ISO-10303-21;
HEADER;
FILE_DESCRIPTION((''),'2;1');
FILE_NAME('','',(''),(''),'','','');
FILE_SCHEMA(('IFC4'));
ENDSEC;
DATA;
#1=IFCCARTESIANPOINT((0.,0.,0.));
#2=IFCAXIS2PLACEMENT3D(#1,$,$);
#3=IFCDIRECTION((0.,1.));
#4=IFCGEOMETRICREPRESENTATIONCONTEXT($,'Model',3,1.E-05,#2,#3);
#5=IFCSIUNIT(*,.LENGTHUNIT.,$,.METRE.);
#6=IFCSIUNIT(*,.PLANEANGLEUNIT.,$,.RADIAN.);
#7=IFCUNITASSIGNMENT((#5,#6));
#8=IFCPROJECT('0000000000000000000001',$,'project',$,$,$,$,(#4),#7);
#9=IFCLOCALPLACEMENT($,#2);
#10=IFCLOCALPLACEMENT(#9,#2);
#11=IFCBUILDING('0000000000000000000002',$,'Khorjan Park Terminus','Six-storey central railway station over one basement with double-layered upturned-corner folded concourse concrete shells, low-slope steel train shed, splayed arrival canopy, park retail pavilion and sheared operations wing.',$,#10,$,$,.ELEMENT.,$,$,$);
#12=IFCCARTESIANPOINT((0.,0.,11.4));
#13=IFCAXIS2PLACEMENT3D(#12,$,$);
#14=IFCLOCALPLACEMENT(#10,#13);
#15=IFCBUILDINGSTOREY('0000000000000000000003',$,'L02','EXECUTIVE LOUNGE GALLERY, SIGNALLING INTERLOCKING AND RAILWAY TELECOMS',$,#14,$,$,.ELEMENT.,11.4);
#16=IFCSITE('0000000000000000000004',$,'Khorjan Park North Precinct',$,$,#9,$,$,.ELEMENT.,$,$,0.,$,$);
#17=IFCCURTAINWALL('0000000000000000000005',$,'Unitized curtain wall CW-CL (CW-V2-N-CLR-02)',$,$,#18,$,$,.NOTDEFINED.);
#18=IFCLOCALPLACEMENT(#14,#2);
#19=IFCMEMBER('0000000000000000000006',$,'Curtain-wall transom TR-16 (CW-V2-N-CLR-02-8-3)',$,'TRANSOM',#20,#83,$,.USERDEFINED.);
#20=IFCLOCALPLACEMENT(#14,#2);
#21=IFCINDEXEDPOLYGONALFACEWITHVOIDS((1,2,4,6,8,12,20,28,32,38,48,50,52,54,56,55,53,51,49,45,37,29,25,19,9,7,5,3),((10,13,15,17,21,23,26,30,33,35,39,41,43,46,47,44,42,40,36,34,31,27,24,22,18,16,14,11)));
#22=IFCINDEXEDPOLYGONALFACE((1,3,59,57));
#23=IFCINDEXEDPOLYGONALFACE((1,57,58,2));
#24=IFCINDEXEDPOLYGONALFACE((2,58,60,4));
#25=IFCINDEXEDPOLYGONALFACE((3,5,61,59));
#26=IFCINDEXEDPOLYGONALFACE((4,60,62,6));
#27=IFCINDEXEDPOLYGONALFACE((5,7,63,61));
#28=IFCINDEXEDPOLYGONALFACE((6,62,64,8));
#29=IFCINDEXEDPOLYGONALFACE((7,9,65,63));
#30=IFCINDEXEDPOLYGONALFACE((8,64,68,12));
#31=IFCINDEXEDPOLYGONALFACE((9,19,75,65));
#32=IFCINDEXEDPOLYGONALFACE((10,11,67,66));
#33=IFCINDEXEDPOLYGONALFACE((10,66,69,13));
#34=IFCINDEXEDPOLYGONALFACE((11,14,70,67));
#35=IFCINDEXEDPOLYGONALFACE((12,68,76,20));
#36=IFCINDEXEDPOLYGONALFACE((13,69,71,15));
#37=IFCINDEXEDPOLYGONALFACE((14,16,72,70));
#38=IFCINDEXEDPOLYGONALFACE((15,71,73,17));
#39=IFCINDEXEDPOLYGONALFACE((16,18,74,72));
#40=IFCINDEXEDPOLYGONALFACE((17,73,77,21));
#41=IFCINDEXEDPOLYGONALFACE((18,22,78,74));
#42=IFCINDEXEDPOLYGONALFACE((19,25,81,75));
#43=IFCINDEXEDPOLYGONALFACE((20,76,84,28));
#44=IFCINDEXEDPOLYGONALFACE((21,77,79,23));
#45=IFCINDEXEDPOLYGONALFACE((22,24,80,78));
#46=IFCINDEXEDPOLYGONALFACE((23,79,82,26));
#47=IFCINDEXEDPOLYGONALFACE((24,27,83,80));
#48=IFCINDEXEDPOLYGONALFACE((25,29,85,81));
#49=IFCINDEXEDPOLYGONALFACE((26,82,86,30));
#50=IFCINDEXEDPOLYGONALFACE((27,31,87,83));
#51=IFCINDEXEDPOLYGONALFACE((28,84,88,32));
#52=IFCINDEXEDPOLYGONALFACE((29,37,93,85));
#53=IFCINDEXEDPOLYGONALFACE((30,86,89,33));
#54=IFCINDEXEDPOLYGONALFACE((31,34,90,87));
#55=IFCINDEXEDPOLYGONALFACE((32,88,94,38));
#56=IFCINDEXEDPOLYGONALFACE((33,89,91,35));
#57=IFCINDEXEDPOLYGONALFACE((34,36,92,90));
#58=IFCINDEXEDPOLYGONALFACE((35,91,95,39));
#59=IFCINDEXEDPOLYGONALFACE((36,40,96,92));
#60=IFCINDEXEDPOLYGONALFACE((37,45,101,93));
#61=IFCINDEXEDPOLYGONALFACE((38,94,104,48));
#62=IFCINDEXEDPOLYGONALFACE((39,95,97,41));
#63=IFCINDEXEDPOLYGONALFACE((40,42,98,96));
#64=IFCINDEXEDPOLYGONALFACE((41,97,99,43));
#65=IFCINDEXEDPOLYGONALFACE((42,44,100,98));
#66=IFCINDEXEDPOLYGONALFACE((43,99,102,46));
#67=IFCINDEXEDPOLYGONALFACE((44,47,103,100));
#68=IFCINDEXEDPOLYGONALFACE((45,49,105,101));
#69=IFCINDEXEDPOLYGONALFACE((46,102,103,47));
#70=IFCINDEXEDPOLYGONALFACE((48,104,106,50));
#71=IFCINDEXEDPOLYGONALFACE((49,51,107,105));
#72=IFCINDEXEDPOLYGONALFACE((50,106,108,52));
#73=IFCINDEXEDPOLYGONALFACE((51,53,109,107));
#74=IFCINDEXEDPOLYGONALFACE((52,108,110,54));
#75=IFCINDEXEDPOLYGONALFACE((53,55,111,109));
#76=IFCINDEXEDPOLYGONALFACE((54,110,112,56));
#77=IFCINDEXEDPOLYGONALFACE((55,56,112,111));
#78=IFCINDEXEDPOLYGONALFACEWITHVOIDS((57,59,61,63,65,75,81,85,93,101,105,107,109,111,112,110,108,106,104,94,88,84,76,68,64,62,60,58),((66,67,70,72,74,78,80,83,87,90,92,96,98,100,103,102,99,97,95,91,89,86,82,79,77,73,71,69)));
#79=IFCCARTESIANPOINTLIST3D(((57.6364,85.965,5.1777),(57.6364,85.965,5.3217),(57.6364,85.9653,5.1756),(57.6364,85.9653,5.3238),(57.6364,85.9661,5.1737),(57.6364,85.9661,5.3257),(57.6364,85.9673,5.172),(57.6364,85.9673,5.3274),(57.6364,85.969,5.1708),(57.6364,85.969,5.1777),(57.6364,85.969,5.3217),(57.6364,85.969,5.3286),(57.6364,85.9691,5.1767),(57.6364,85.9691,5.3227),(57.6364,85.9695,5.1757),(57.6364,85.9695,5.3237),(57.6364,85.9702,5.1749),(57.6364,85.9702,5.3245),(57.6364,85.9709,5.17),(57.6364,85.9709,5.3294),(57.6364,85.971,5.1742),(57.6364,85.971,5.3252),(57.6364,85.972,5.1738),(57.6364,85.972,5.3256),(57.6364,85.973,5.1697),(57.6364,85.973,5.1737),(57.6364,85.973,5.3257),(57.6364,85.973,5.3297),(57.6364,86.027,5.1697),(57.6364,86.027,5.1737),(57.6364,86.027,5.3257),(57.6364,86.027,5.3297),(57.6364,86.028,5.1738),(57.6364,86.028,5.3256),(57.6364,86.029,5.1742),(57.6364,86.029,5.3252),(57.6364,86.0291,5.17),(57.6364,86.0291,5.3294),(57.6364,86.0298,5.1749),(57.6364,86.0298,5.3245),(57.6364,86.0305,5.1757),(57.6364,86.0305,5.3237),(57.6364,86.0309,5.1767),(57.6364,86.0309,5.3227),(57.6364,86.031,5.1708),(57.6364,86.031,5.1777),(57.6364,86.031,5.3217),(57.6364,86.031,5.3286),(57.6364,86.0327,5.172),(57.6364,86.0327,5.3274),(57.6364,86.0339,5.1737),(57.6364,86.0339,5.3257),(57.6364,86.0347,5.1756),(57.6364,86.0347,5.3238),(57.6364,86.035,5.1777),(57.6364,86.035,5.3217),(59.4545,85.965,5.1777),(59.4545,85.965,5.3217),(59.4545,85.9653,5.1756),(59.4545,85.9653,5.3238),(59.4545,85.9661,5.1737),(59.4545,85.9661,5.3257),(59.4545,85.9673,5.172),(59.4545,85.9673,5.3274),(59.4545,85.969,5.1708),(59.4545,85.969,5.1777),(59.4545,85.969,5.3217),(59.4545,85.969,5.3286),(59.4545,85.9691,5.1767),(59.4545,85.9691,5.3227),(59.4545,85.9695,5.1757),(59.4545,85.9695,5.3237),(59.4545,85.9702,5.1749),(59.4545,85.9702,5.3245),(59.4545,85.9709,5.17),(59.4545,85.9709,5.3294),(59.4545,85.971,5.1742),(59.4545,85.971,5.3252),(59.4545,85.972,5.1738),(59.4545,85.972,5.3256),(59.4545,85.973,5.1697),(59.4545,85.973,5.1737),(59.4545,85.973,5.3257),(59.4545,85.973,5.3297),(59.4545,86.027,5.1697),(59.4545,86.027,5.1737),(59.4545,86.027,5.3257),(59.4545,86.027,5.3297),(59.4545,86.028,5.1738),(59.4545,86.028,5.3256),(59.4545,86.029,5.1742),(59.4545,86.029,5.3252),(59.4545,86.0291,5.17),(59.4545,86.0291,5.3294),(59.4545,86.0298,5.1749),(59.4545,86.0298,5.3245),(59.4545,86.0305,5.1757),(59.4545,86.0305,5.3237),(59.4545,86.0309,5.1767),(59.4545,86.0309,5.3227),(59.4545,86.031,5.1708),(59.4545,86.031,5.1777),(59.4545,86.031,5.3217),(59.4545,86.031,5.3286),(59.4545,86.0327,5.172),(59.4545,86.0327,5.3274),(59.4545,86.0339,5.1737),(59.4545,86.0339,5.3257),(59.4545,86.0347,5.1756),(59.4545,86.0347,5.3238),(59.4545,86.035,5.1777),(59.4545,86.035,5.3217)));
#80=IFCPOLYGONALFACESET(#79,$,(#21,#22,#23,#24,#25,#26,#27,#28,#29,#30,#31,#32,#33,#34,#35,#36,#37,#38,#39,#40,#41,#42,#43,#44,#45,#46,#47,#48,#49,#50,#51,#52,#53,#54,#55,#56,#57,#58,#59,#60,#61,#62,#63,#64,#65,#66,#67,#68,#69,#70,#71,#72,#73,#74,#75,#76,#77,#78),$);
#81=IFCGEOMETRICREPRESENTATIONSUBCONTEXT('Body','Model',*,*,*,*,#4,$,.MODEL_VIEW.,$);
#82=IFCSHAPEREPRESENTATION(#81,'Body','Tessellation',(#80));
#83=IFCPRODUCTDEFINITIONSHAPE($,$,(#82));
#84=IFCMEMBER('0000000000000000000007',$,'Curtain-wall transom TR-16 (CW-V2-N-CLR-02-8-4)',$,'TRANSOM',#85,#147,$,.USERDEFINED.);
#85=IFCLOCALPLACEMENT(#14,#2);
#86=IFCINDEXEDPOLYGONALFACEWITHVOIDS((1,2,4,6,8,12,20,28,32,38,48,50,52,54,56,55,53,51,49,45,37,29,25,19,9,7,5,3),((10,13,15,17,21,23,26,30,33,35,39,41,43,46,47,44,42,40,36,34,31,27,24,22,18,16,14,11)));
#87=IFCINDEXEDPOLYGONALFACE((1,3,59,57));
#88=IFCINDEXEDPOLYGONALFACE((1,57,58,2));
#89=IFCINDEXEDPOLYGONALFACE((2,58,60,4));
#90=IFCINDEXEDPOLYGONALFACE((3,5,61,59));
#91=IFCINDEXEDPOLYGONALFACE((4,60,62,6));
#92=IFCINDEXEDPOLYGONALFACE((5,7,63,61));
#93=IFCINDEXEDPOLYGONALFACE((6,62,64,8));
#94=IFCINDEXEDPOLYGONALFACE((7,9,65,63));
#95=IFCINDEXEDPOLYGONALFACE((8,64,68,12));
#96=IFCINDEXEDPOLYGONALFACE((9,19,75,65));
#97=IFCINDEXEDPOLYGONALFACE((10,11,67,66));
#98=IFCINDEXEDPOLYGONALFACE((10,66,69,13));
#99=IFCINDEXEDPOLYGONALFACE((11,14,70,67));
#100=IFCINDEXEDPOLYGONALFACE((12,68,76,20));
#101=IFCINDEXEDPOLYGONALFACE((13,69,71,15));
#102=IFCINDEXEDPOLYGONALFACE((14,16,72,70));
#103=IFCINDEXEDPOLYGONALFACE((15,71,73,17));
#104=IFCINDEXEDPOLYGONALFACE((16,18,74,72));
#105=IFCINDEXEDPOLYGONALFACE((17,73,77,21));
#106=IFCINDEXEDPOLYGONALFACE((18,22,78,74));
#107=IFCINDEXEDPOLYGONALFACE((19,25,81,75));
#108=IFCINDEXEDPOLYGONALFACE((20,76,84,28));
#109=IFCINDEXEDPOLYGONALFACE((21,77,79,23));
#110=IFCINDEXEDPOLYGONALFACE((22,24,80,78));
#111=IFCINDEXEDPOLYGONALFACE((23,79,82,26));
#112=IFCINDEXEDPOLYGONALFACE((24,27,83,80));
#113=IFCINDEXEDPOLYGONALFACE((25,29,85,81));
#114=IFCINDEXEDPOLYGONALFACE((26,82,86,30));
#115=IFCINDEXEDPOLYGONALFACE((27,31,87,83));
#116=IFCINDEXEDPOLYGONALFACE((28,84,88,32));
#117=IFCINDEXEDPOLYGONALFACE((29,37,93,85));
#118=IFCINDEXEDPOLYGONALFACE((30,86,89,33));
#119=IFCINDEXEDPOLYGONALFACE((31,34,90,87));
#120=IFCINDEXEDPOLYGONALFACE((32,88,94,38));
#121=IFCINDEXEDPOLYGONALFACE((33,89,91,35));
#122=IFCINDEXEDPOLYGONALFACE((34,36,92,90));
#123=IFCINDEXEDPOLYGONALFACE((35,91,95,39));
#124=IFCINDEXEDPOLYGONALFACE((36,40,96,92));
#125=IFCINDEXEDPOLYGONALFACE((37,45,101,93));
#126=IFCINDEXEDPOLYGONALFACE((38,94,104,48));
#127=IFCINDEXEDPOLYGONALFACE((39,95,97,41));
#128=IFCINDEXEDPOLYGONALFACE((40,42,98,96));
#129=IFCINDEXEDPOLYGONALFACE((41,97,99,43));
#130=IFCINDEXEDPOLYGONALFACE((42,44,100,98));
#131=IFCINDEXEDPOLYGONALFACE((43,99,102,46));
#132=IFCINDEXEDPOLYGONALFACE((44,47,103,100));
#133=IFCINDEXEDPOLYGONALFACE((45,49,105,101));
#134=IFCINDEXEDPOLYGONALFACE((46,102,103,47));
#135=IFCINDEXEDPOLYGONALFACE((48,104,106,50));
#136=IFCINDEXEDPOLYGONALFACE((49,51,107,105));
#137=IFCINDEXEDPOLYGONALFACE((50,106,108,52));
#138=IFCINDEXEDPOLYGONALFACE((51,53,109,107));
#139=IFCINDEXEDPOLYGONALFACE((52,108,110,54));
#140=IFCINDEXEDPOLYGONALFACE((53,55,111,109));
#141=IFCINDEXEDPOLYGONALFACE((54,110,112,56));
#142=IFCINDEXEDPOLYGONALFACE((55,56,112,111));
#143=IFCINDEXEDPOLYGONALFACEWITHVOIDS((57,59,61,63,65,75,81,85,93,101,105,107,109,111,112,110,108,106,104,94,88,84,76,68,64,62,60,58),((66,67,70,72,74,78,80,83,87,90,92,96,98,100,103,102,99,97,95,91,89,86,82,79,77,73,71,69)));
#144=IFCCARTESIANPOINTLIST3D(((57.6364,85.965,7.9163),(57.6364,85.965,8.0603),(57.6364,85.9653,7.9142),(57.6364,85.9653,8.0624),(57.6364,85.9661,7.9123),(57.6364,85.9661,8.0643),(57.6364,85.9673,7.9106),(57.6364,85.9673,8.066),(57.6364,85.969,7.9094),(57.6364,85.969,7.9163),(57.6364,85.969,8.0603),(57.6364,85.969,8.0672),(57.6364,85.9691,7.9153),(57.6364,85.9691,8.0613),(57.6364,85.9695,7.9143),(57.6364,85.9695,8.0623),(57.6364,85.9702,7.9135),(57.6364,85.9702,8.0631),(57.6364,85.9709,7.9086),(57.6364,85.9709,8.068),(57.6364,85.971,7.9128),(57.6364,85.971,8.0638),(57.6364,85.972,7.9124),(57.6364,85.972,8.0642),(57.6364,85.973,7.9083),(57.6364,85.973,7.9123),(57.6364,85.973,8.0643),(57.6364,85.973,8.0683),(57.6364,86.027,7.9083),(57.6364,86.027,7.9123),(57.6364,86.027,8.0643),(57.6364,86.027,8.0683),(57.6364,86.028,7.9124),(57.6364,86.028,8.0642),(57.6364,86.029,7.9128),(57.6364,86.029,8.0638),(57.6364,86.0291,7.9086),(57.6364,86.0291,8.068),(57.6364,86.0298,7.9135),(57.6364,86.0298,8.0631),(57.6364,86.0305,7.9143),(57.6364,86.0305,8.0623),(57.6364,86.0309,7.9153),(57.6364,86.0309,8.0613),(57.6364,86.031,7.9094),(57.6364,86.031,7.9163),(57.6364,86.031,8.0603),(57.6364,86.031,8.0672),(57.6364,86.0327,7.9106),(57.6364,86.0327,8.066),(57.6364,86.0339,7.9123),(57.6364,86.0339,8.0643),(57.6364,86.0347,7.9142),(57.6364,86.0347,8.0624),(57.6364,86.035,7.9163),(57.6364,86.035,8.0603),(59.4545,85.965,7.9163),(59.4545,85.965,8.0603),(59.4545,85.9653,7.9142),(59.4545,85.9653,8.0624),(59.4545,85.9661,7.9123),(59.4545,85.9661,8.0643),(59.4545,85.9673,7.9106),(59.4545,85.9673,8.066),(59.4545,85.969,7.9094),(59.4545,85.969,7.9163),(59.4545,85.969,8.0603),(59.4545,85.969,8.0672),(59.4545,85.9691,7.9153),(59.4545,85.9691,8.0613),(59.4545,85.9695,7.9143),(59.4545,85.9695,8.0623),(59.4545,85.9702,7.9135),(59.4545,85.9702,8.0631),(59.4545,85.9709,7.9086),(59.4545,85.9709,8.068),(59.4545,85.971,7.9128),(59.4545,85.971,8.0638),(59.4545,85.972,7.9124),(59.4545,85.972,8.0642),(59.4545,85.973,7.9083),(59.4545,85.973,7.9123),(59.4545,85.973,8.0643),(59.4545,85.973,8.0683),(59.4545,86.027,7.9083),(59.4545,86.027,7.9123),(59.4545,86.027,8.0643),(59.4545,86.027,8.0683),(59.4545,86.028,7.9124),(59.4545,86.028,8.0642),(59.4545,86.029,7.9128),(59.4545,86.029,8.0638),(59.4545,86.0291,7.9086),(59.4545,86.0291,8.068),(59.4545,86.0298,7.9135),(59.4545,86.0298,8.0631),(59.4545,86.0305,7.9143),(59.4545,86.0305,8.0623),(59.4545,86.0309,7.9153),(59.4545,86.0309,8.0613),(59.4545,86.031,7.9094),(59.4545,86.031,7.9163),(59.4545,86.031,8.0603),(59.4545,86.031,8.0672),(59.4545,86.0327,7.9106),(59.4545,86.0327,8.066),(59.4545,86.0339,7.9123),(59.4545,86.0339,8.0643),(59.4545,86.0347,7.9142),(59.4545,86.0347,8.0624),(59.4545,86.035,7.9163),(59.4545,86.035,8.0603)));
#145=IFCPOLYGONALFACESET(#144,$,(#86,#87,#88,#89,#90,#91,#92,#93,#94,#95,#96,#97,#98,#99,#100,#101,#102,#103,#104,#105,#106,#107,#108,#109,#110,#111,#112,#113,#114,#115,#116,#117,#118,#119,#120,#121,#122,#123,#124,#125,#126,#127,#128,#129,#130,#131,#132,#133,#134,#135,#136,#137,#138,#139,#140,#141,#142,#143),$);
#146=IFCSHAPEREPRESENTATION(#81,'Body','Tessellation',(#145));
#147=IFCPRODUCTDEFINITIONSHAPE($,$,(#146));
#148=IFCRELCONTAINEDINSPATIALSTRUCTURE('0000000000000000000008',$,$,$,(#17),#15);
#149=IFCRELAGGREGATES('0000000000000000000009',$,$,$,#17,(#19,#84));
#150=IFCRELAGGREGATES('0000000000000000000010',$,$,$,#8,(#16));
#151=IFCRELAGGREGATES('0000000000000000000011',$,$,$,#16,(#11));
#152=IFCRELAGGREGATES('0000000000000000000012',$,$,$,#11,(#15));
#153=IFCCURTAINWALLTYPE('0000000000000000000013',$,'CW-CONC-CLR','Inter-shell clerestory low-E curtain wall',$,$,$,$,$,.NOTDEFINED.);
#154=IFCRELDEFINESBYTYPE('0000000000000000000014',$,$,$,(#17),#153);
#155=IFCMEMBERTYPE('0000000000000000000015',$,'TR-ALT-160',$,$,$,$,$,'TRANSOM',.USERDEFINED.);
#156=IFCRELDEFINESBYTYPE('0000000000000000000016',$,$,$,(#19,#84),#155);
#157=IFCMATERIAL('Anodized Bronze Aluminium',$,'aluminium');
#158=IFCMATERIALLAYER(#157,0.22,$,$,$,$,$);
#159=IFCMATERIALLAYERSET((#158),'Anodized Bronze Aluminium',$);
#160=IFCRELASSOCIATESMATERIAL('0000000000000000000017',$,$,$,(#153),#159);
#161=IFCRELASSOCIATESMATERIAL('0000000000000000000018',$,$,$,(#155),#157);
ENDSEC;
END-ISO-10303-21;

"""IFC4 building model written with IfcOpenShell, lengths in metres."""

from ifc_helpers import new_model, si_unit, direction, frame, origin, origin_2d, place, context, subcontext, project, spatial, hollow_rectangle, extrude, material, layer, layer_set, material_profile, profile_set, type_object, element, aggregate, save


model = new_model("IFC4")

# Units and contexts
model_context = context("Model", 3, precision=1e-05, world=origin(), true_north=direction((0.0, 1.0)))
body_context = subcontext(model_context, "Body", "Model", "MODEL_VIEW")
ifc_project = project(units=[si_unit("LENGTHUNIT", "METRE"), si_unit("PLANEANGLEUNIT", "RADIAN")], contexts=[model_context])

# Site, building, storey
site_placement = place(None, origin())
site = spatial("IfcSite", under=ifc_project, at=site_placement, Name="Khorjan Park North Precinct", CompositionType="ELEMENT", RefElevation=0.0)
building_placement = place(site_placement, origin())
building = spatial("IfcBuilding", under=site, at=building_placement, Name="Khorjan Park Terminus", Description="Six-storey central railway station over one basement with double-layered upturned-corner folded concourse concrete shells, low-slope steel train shed, splayed arrival canopy, park retail pavilion and sheared operations wing.", CompositionType="ELEMENT")
storey_placement = place(building_placement, frame((0.0, 0.0, 11.4)))
storey = spatial("IfcBuildingStorey", under=building, at=storey_placement, Name="L02", Description="EXECUTIVE LOUNGE GALLERY, SIGNALLING INTERLOCKING AND RAILWAY TELECOMS", CompositionType="ELEMENT", Elevation=11.4)

# Curtain wall, members
ifc_material_1 = material(Name="Anodized Bronze Aluminium", Category="aluminium")
ifc_layer_1 = layer(ifc_material_1, 0.22)
ifc_layer_set_1 = layer_set([ifc_layer_1], Name="Anodized Bronze Aluminium")
curtain_wall_type = type_object("IfcCurtainWallType", Name="CW-CONC-CLR", Description="Inter-shell clerestory low-E curtain wall", PredefinedType="NOTDEFINED", material=ifc_layer_set_1)
curtain_wall_placement = place(storey_placement, origin())
curtain_wall = element("IfcCurtainWall", 1, at=curtain_wall_placement, inside=storey, type_object=curtain_wall_type, Name="Unitized curtain wall CW-CL (CW-V2-N-CLR-02)", PredefinedType="NOTDEFINED")
ifc_material_profile_1 = material_profile(ifc_material_1, hollow_rectangle(XDim=0.07, YDim=0.16, WallThickness=0.004, InnerFilletRadius=0.004, OuterFilletRadius=0.008, at=origin_2d()), Name="ALT 70x160x4")
ifc_profile_set_1 = profile_set([ifc_material_profile_1], Name="Anodized Bronze Aluminium")
member_type_1 = type_object("IfcMemberType", Name="TR-ALT-160", ElementType="TRANSOM", PredefinedType="USERDEFINED", material=ifc_profile_set_1)
member_1_placement = place(storey_placement, frame((59.4545, 86.0, 5.2497), z_axis=(-1.0, 0.0, 0.0), x_axis=(0.0, -1.0, 0.0)))
member_1 = element("IfcMember", 2, at=member_1_placement, type_object=member_type_1, Name="Curtain-wall transom TR-16 (CW-V2-N-CLR-02-8-3)", ObjectType="TRANSOM", PredefinedType="USERDEFINED", context=body_context, shape_type="SweptSolid", body=[
    extrude(hollow_rectangle(XDim=0.07, YDim=0.16, WallThickness=0.004, InnerFilletRadius=0.004, OuterFilletRadius=0.008, at=origin_2d()), origin(), (0.0, 0.0, 1.0), 1.8181),
])
member_2_placement = place(storey_placement, frame((59.4545, 86.0, 7.9883), z_axis=(-1.0, 0.0, 0.0), x_axis=(0.0, -1.0, 0.0)))
member_2 = element("IfcMember", 3, at=member_2_placement, type_object=member_type_1, Name="Curtain-wall transom TR-16 (CW-V2-N-CLR-02-8-4)", ObjectType="TRANSOM", PredefinedType="USERDEFINED", context=body_context, shape_type="SweptSolid", body=[
    extrude(hollow_rectangle(XDim=0.07, YDim=0.16, WallThickness=0.004, InnerFilletRadius=0.004, OuterFilletRadius=0.008, at=origin_2d()), origin(), (0.0, 0.0, 1.0), 1.8181),
])

aggregate(curtain_wall, [member_1, member_2])

save(model, "model.ifc")
